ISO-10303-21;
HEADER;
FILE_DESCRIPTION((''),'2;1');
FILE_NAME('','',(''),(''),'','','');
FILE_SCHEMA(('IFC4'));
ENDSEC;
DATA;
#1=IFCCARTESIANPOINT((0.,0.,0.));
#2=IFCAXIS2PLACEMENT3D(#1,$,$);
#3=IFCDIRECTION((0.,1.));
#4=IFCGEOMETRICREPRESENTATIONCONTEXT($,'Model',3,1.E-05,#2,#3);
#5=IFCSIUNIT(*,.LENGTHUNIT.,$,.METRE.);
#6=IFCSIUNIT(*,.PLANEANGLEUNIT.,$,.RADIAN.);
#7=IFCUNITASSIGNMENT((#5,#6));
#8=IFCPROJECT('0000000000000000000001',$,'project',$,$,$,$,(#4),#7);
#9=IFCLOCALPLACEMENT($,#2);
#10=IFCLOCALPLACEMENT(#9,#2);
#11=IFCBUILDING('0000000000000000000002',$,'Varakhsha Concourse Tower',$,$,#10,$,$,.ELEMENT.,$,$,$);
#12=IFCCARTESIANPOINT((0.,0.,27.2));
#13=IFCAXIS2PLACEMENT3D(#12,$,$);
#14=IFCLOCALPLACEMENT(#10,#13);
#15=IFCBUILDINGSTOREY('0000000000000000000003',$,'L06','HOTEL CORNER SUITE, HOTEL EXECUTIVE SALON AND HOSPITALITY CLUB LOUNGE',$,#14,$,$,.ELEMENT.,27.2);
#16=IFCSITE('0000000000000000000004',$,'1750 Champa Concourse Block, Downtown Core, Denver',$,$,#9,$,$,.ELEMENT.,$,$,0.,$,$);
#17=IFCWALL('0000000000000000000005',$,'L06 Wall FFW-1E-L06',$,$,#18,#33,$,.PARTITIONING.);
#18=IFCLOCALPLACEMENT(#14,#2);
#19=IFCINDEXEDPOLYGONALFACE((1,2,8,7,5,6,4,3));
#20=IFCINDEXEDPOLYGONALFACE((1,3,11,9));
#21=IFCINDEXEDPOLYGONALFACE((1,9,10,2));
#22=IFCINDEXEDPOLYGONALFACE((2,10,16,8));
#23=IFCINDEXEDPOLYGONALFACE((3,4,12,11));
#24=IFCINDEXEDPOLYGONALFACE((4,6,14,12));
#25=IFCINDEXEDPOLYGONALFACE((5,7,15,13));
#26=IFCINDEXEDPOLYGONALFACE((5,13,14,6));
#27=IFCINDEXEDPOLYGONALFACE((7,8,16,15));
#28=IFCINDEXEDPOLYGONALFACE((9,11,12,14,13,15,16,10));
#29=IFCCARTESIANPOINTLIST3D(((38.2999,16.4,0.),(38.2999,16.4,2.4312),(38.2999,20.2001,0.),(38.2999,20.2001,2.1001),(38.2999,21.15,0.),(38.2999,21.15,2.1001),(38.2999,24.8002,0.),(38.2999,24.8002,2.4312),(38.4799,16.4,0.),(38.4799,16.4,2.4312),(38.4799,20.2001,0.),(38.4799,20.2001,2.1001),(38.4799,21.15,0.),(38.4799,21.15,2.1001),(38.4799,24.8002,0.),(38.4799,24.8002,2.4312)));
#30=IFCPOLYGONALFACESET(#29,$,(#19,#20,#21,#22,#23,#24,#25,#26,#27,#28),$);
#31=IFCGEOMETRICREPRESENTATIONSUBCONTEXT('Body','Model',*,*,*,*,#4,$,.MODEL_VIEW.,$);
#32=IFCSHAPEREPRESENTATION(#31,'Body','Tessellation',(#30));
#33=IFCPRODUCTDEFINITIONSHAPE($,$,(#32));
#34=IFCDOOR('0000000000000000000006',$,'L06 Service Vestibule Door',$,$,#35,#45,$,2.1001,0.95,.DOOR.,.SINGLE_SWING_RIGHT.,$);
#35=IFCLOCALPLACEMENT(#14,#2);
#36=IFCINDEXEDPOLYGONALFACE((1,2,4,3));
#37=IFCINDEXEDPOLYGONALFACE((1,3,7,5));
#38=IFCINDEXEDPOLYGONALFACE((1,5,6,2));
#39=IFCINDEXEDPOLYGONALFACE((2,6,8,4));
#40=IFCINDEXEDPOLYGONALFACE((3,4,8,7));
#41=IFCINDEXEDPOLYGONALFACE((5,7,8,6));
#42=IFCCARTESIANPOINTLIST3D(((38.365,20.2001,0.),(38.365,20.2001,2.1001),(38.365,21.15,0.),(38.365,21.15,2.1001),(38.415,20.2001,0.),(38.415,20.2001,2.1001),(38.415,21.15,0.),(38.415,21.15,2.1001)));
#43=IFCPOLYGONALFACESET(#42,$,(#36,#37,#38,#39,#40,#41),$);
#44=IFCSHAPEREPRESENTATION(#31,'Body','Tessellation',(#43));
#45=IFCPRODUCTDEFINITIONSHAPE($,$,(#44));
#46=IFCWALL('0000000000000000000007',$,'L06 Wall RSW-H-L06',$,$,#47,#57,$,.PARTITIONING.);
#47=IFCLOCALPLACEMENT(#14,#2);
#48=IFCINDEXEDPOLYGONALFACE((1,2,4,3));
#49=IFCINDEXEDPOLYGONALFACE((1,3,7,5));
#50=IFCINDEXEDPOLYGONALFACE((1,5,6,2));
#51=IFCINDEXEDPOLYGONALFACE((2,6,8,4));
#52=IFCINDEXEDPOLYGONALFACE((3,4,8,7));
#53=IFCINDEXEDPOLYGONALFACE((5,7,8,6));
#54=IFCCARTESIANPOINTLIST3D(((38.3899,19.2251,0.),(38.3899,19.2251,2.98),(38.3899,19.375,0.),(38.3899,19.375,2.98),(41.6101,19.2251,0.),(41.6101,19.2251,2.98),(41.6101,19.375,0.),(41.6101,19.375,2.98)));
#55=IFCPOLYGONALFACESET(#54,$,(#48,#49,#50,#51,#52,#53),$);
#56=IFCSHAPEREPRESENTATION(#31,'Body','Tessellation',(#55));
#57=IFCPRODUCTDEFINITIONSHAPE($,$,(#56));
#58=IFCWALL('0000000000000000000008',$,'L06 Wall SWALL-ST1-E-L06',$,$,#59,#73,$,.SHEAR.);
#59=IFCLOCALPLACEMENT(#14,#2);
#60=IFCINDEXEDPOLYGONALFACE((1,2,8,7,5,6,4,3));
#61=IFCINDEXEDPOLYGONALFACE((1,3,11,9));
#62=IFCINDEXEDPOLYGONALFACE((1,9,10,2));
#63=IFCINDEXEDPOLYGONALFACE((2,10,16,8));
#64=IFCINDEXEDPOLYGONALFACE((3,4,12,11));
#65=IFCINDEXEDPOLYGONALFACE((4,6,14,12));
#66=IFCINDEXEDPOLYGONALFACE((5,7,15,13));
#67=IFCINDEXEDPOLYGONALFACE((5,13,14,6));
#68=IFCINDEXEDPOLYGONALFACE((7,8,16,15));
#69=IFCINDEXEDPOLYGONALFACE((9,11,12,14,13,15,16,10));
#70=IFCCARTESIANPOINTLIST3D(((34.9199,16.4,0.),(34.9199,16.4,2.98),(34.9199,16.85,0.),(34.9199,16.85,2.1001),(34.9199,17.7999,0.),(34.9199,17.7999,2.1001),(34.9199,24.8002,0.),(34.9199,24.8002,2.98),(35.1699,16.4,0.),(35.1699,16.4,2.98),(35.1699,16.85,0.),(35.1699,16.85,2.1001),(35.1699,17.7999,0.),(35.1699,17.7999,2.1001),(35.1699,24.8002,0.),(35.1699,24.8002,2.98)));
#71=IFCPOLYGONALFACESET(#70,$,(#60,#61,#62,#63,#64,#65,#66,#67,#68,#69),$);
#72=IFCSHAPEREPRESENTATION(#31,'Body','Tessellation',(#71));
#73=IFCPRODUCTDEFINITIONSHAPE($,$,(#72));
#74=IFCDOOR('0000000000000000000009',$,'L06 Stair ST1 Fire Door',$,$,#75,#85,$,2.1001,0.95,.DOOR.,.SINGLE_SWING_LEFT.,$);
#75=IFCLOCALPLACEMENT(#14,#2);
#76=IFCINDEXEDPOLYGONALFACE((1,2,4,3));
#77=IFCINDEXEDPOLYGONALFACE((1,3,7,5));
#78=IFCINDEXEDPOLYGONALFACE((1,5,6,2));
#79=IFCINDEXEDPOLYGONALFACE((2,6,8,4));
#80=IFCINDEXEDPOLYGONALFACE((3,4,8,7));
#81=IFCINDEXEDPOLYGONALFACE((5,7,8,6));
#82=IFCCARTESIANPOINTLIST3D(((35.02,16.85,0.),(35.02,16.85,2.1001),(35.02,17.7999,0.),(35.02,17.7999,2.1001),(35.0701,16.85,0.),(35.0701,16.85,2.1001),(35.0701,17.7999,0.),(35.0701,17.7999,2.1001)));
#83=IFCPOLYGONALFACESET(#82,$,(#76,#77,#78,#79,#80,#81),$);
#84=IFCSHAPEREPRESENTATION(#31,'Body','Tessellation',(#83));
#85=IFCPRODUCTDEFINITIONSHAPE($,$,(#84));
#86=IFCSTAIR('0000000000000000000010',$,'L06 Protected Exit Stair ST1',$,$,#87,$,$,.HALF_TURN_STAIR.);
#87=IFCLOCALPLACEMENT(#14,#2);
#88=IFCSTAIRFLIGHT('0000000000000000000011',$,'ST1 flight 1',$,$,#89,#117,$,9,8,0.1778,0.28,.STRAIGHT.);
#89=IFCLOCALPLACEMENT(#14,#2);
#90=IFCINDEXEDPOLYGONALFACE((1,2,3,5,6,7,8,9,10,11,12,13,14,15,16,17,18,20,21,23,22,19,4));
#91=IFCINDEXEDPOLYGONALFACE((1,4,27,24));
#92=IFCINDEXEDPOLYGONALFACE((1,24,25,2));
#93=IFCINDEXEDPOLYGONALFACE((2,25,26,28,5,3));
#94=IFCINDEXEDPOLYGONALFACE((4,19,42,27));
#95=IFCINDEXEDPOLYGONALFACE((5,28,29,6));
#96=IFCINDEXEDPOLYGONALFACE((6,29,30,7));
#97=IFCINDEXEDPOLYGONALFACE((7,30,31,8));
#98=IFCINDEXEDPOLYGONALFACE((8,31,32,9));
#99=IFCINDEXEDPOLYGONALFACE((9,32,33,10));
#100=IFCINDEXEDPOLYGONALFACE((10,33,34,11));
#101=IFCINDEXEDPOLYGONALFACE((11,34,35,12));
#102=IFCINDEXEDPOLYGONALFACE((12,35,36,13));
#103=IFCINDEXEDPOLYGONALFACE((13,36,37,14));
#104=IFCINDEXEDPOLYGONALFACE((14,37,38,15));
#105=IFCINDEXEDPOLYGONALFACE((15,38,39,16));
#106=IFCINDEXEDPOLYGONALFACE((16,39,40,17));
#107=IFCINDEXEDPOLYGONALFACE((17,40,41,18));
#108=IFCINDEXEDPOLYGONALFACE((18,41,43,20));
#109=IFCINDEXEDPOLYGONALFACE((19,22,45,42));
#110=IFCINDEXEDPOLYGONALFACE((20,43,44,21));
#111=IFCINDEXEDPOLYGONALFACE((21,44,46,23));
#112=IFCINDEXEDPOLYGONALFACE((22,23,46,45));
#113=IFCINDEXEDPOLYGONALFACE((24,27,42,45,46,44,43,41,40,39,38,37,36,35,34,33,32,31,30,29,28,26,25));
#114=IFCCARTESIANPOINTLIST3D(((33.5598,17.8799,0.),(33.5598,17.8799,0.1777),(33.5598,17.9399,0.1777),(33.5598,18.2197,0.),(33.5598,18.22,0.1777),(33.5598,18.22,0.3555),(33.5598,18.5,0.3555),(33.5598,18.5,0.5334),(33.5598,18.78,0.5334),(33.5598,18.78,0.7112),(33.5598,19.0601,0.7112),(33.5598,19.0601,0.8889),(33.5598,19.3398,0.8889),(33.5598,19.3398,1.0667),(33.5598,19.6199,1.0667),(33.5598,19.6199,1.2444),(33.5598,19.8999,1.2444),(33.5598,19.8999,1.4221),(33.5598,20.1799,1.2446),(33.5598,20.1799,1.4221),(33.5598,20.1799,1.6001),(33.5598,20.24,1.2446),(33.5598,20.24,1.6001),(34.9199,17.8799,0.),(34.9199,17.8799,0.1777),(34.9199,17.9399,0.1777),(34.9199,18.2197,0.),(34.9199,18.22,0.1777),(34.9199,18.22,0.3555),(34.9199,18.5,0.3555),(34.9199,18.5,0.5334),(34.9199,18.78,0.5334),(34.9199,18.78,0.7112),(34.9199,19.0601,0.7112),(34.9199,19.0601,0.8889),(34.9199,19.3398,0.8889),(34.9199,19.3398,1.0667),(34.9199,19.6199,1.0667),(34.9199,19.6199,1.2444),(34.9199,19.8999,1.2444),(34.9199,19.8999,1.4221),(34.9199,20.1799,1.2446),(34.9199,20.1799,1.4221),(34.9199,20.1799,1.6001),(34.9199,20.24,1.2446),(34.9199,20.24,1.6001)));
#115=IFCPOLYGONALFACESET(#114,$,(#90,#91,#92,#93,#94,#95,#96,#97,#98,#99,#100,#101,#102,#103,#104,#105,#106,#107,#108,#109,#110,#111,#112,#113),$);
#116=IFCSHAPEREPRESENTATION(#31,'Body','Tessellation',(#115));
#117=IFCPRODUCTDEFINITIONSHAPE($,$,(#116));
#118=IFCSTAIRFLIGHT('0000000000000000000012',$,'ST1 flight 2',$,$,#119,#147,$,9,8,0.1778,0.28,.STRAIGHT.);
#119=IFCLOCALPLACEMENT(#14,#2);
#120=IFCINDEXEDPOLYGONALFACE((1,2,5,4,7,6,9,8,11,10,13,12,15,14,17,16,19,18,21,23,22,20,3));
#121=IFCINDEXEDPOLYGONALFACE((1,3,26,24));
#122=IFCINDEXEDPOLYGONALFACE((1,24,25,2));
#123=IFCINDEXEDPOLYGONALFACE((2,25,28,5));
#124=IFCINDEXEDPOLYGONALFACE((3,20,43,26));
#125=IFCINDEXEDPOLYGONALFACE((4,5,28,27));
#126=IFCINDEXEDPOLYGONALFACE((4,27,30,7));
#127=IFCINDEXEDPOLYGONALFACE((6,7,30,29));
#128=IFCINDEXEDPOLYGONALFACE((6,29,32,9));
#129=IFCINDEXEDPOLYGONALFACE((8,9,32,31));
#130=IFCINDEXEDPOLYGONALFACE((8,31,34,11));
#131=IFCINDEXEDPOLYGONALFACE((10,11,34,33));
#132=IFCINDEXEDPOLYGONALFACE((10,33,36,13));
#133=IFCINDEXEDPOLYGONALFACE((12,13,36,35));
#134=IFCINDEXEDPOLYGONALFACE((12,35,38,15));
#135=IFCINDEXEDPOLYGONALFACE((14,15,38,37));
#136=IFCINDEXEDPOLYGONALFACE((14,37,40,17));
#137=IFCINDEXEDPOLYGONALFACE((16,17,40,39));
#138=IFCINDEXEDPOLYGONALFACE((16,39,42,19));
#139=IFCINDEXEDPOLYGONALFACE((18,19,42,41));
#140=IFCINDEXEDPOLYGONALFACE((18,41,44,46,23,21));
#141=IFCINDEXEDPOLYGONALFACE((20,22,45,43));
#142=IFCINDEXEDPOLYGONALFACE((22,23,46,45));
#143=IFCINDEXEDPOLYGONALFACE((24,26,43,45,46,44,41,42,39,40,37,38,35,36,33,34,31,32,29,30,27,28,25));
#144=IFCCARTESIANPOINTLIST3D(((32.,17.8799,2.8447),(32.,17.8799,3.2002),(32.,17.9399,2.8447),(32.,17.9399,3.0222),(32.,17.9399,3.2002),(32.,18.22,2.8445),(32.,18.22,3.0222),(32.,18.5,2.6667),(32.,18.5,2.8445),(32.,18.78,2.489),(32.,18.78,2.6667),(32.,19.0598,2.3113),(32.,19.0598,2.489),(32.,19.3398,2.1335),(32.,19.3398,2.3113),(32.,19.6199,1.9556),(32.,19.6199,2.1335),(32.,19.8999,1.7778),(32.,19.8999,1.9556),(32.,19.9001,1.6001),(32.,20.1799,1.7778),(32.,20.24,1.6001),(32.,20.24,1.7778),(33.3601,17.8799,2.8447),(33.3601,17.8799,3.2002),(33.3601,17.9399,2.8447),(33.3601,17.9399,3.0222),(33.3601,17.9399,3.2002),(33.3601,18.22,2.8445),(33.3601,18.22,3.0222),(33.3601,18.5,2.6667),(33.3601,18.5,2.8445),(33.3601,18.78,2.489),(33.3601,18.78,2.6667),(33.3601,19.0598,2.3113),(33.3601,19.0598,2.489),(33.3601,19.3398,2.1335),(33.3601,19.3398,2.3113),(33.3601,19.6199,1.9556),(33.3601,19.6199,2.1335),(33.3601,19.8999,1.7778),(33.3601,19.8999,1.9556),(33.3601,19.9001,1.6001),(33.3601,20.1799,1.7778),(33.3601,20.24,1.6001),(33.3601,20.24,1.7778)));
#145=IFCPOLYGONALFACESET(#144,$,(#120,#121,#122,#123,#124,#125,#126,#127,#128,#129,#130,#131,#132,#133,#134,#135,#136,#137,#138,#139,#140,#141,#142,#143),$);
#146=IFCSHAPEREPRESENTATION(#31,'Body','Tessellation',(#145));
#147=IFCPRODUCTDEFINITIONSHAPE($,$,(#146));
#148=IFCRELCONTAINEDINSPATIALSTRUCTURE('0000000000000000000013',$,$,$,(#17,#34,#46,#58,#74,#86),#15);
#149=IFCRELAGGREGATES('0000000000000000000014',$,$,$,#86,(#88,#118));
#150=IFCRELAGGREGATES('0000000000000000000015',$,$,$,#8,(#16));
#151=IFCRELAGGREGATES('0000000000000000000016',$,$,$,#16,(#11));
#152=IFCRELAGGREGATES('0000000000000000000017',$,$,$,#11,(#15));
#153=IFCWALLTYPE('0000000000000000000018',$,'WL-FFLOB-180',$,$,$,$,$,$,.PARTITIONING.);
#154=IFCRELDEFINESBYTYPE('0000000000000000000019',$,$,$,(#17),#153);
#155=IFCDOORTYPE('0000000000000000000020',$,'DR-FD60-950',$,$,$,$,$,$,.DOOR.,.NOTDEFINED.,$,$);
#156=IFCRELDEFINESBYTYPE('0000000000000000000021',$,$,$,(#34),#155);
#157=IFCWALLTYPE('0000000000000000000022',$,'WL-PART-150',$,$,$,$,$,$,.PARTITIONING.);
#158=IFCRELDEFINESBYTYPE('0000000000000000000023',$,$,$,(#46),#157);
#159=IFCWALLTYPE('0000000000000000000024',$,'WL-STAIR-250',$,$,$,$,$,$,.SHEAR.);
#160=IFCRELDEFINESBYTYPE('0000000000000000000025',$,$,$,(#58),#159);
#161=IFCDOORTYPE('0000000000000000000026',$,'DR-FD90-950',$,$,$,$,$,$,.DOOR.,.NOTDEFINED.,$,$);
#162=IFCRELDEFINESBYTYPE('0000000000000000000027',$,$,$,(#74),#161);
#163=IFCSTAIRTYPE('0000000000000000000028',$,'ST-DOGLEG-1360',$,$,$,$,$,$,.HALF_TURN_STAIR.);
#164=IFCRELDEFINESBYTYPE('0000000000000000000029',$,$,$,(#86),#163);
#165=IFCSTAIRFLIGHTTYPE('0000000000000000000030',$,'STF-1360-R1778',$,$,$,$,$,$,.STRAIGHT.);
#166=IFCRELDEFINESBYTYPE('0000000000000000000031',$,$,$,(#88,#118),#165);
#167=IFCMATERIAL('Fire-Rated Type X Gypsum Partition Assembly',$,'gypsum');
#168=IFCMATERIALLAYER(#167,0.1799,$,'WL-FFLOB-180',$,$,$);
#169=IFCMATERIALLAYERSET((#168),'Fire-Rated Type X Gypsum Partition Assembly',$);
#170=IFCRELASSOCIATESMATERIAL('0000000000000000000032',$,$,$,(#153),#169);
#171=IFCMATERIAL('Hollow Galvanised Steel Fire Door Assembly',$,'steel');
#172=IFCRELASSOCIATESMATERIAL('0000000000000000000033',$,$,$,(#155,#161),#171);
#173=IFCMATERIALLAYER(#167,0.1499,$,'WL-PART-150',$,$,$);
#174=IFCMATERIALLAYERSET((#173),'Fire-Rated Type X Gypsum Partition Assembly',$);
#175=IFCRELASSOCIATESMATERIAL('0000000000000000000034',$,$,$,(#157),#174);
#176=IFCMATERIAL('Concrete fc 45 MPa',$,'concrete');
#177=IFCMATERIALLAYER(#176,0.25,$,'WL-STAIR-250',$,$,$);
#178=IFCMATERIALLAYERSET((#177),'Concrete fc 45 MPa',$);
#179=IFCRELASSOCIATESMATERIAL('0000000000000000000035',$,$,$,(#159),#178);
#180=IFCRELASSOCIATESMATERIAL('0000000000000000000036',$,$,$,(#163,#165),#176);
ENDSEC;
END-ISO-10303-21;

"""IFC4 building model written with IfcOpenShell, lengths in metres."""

from ifc_helpers import new_model, si_unit, direction, frame, frame_2d, origin, place, context, subcontext, project, spatial, polyline, rectangle, outline, extrude, material, layer, layer_set, type_object, element, fill, aggregate, save


model = new_model("IFC4")

# Units and contexts
model_context = context("Model", 3, precision=1e-05, world=origin(), true_north=direction((0.0, 1.0)))
body_context = subcontext(model_context, "Body", "Model", "MODEL_VIEW")
ifc_project = project(units=[si_unit("LENGTHUNIT", "METRE"), si_unit("PLANEANGLEUNIT", "RADIAN")], contexts=[model_context])

# Site, building, storey
site_placement = place(None, origin())
site = spatial("IfcSite", under=ifc_project, at=site_placement, Name="1750 Champa Concourse Block, Downtown Core, Denver", CompositionType="ELEMENT", RefElevation=0.0)
building_placement = place(site_placement, origin())
building = spatial("IfcBuilding", under=site, at=building_placement, Name="Varakhsha Concourse Tower", CompositionType="ELEMENT")
storey_placement = place(building_placement, frame((0.0, 0.0, 27.2)))
storey = spatial("IfcBuildingStorey", under=building, at=storey_placement, Name="L06", Description="HOTEL CORNER SUITE, HOTEL EXECUTIVE SALON AND HOSPITALITY CLUB LOUNGE", CompositionType="ELEMENT", Elevation=27.2)

# Wall, opening, door
ifc_material_1 = material(Name="Fire-Rated Type X Gypsum Partition Assembly", Category="gypsum")
ifc_layer_1 = layer(ifc_material_1, 0.1799, Name="WL-FFLOB-180")
ifc_layer_set_1 = layer_set([ifc_layer_1], Name="Fire-Rated Type X Gypsum Partition Assembly")
wall_type_1 = type_object("IfcWallType", Name="WL-FFLOB-180", PredefinedType="PARTITIONING", material=ifc_layer_set_1)
wall_1_placement = place(storey_placement, frame((38.3899, 16.3999, 0.0), z_axis=(0.0, 0.0, 1.0), x_axis=(0.0, 1.0, 0.0)))
wall_1 = element("IfcWall", 1, at=wall_1_placement, inside=storey, type_object=wall_type_1, Name="L06 Wall FFW-1E-L06", PredefinedType="PARTITIONING", context=body_context, shape_type="SweptSolid", body=[
    extrude(rectangle(XDim=8.4001, YDim=0.1799, at=frame_2d((4.2002, 0.0))), origin(), (0.0, 0.0, 1.0), 2.4312),
])
opening_1_placement = place(wall_1_placement, frame((3.8, 0.0, 0.0)))
opening_1 = element("IfcOpeningElement", 2, at=opening_1_placement, cuts=wall_1, PredefinedType="OPENING", context=body_context, shape_type="SweptSolid", body=[
    extrude(rectangle(XDim=0.95, YDim=2.1001, at=frame_2d((0.4751, 1.05))), frame((0.0, 0.0999, 0.0), z_axis=(0.0, -1.0, 0.0), x_axis=(1.0, 0.0, 0.0)), (0.0, 0.0, 1.0), 0.2),
])
ifc_material_2 = material(Name="Hollow Galvanised Steel Fire Door Assembly", Category="steel")
door_type_1 = type_object("IfcDoorType", Name="DR-FD60-950", OperationType="NOTDEFINED", PredefinedType="DOOR", material=ifc_material_2)
door_1_placement = place(opening_1_placement, origin())
door_1 = element("IfcDoor", 3, at=door_1_placement, inside=storey, type_object=door_type_1, Name="L06 Service Vestibule Door", OperationType="SINGLE_SWING_RIGHT", OverallHeight=2.1001, OverallWidth=0.95, PredefinedType="DOOR", context=body_context, shape_type="SweptSolid", body=[
    extrude(rectangle(XDim=0.95, YDim=2.1001, at=frame_2d((0.4751, 1.05))), frame((0.0, 0.0249, 0.0), z_axis=(0.0, -1.0, 0.0), x_axis=(1.0, 0.0, 0.0)), (0.0, 0.0, 1.0), 0.05),
])
fill(opening_1, door_1)

# Wall
ifc_layer_2 = layer(ifc_material_1, 0.1499, Name="WL-PART-150")
ifc_layer_set_2 = layer_set([ifc_layer_2], Name="Fire-Rated Type X Gypsum Partition Assembly")
wall_type_2 = type_object("IfcWallType", Name="WL-PART-150", PredefinedType="PARTITIONING", material=ifc_layer_set_2)
wall_2_placement = place(storey_placement, frame((38.3899, 19.3, 0.0), z_axis=(0.0, 0.0, 1.0), x_axis=(1.0, 0.0, 0.0)))
element("IfcWall", 4, at=wall_2_placement, inside=storey, type_object=wall_type_2, Name="L06 Wall RSW-H-L06", PredefinedType="PARTITIONING", context=body_context, shape_type="SweptSolid", body=[
    extrude(rectangle(XDim=3.2202, YDim=0.1499, at=frame_2d((1.6101, 0.0))), origin(), (0.0, 0.0, 1.0), 2.98),
])

# Wall, opening, door
ifc_material_3 = material(Name="Concrete fc 45 MPa", Category="concrete")
ifc_layer_3 = layer(ifc_material_3, 0.25, Name="WL-STAIR-250")
ifc_layer_set_3 = layer_set([ifc_layer_3], Name="Concrete fc 45 MPa")
wall_type_3 = type_object("IfcWallType", Name="WL-STAIR-250", PredefinedType="SHEAR", material=ifc_layer_set_3)
wall_3_placement = place(storey_placement, frame((35.0449, 16.3999, 0.0), z_axis=(0.0, 0.0, 1.0), x_axis=(0.0, 1.0, 0.0)))
wall_3 = element("IfcWall", 5, at=wall_3_placement, inside=storey, type_object=wall_type_3, Name="L06 Wall SWALL-ST1-E-L06", PredefinedType="SHEAR", context=body_context, shape_type="SweptSolid", body=[
    extrude(rectangle(XDim=8.4001, YDim=0.25, at=frame_2d((4.2002, 0.0))), origin(), (0.0, 0.0, 1.0), 2.98),
])
opening_2_placement = place(wall_3_placement, frame((0.45, 0.0, 0.0)))
opening_2 = element("IfcOpeningElement", 6, at=opening_2_placement, cuts=wall_3, PredefinedType="OPENING", context=body_context, shape_type="SweptSolid", body=[
    extrude(rectangle(XDim=0.95, YDim=2.1001, at=frame_2d((0.4751, 1.05))), frame((0.0, 0.135, 0.0), z_axis=(0.0, -1.0, 0.0), x_axis=(1.0, 0.0, 0.0)), (0.0, 0.0, 1.0), 0.27),
])
door_type_2 = type_object("IfcDoorType", Name="DR-FD90-950", OperationType="NOTDEFINED", PredefinedType="DOOR", material=ifc_material_2)
door_2_placement = place(opening_2_placement, origin())
door_2 = element("IfcDoor", 7, at=door_2_placement, inside=storey, type_object=door_type_2, Name="L06 Stair ST1 Fire Door", OperationType="SINGLE_SWING_LEFT", OverallHeight=2.1001, OverallWidth=0.95, PredefinedType="DOOR", context=body_context, shape_type="SweptSolid", body=[
    extrude(rectangle(XDim=0.95, YDim=2.1001, at=frame_2d((0.4751, 1.05))), frame((0.0, 0.0249, 0.0), z_axis=(0.0, -1.0, 0.0), x_axis=(1.0, 0.0, 0.0)), (0.0, 0.0, 1.0), 0.05),
])
fill(opening_2, door_2)

# Stair, stair flights
stair_type = type_object("IfcStairType", Name="ST-DOGLEG-1360", PredefinedType="HALF_TURN_STAIR", material=ifc_material_3)
stair_placement = place(storey_placement, origin())
stair = element("IfcStair", 8, at=stair_placement, inside=storey, type_object=stair_type, Name="L06 Protected Exit Stair ST1", PredefinedType="HALF_TURN_STAIR")
stair_flight_type = type_object("IfcStairFlightType", Name="STF-1360-R1778", PredefinedType="STRAIGHT", material=ifc_material_3)
stair_flight_1_placement = place(storey_placement, frame((34.24, 17.9399, 0.0), z_axis=(0.0, 0.0, 1.0), x_axis=(0.0, 1.0, 0.0)))
stair_flight_1 = element("IfcStairFlight", 9, at=stair_flight_1_placement, type_object=stair_flight_type, Name="ST1 flight 1", NumberOfRisers=9, NumberOfTreads=8, PredefinedType="STRAIGHT", RiserHeight=0.1778, TreadLength=0.28, context=body_context, shape_type="SweptSolid", body=[
    extrude(outline(polyline([(-0.0601, 0.0), (-0.0601, 0.1777), (0.0, 0.1777), (0.28, 0.1777), (0.28, 0.3555), (0.5601, 0.3555), (0.5601, 0.5334), (0.8401, 0.5334), (0.8401, 0.7112), (1.1201, 0.7112), (1.1201, 0.8889), (1.3999, 0.8889), (1.3999, 1.0667), (1.6799, 1.0667), (1.6799, 1.2444), (1.96, 1.2444), (1.96, 1.4221), (2.24, 1.4221), (2.24, 1.6001), (2.3, 1.6001), (2.3, 1.2446), (2.24, 1.2446), (0.2798, 0.0), (-0.0601, 0.0)])), frame((0.0, 0.6802, 0.0), z_axis=(0.0, -1.0, 0.0), x_axis=(1.0, 0.0, 0.0)), (0.0, 0.0, 1.0), 1.3601),
])
stair_flight_2_placement = place(storey_placement, frame((32.6799, 20.1799, 1.6001), z_axis=(0.0, 0.0, 1.0), x_axis=(0.0, -1.0, 0.0)))
stair_flight_2 = element("IfcStairFlight", 10, at=stair_flight_2_placement, type_object=stair_flight_type, Name="ST1 flight 2", NumberOfRisers=9, NumberOfTreads=8, PredefinedType="STRAIGHT", RiserHeight=0.1778, TreadLength=0.28, context=body_context, shape_type="SweptSolid", body=[
    extrude(outline(polyline([(-0.0601, 0.0), (-0.0601, 0.1777), (0.0, 0.1777), (0.28, 0.1777), (0.28, 0.3555), (0.5601, 0.3555), (0.5601, 0.5334), (0.8401, 0.5334), (0.8401, 0.7112), (1.1201, 0.7112), (1.1201, 0.8889), (1.3999, 0.8889), (1.3999, 1.0667), (1.6799, 1.0667), (1.6799, 1.2444), (1.96, 1.2444), (1.96, 1.4221), (2.24, 1.4221), (2.24, 1.6001), (2.3, 1.6001), (2.3, 1.2446), (2.24, 1.2446), (0.2798, 0.0), (-0.0601, 0.0)])), frame((0.0, 0.6802, 0.0), z_axis=(0.0, -1.0, 0.0), x_axis=(1.0, 0.0, 0.0)), (0.0, 0.0, 1.0), 1.3601),
])
aggregate(stair, [stair_flight_1, stair_flight_2])

save(model, "model.ifc")
